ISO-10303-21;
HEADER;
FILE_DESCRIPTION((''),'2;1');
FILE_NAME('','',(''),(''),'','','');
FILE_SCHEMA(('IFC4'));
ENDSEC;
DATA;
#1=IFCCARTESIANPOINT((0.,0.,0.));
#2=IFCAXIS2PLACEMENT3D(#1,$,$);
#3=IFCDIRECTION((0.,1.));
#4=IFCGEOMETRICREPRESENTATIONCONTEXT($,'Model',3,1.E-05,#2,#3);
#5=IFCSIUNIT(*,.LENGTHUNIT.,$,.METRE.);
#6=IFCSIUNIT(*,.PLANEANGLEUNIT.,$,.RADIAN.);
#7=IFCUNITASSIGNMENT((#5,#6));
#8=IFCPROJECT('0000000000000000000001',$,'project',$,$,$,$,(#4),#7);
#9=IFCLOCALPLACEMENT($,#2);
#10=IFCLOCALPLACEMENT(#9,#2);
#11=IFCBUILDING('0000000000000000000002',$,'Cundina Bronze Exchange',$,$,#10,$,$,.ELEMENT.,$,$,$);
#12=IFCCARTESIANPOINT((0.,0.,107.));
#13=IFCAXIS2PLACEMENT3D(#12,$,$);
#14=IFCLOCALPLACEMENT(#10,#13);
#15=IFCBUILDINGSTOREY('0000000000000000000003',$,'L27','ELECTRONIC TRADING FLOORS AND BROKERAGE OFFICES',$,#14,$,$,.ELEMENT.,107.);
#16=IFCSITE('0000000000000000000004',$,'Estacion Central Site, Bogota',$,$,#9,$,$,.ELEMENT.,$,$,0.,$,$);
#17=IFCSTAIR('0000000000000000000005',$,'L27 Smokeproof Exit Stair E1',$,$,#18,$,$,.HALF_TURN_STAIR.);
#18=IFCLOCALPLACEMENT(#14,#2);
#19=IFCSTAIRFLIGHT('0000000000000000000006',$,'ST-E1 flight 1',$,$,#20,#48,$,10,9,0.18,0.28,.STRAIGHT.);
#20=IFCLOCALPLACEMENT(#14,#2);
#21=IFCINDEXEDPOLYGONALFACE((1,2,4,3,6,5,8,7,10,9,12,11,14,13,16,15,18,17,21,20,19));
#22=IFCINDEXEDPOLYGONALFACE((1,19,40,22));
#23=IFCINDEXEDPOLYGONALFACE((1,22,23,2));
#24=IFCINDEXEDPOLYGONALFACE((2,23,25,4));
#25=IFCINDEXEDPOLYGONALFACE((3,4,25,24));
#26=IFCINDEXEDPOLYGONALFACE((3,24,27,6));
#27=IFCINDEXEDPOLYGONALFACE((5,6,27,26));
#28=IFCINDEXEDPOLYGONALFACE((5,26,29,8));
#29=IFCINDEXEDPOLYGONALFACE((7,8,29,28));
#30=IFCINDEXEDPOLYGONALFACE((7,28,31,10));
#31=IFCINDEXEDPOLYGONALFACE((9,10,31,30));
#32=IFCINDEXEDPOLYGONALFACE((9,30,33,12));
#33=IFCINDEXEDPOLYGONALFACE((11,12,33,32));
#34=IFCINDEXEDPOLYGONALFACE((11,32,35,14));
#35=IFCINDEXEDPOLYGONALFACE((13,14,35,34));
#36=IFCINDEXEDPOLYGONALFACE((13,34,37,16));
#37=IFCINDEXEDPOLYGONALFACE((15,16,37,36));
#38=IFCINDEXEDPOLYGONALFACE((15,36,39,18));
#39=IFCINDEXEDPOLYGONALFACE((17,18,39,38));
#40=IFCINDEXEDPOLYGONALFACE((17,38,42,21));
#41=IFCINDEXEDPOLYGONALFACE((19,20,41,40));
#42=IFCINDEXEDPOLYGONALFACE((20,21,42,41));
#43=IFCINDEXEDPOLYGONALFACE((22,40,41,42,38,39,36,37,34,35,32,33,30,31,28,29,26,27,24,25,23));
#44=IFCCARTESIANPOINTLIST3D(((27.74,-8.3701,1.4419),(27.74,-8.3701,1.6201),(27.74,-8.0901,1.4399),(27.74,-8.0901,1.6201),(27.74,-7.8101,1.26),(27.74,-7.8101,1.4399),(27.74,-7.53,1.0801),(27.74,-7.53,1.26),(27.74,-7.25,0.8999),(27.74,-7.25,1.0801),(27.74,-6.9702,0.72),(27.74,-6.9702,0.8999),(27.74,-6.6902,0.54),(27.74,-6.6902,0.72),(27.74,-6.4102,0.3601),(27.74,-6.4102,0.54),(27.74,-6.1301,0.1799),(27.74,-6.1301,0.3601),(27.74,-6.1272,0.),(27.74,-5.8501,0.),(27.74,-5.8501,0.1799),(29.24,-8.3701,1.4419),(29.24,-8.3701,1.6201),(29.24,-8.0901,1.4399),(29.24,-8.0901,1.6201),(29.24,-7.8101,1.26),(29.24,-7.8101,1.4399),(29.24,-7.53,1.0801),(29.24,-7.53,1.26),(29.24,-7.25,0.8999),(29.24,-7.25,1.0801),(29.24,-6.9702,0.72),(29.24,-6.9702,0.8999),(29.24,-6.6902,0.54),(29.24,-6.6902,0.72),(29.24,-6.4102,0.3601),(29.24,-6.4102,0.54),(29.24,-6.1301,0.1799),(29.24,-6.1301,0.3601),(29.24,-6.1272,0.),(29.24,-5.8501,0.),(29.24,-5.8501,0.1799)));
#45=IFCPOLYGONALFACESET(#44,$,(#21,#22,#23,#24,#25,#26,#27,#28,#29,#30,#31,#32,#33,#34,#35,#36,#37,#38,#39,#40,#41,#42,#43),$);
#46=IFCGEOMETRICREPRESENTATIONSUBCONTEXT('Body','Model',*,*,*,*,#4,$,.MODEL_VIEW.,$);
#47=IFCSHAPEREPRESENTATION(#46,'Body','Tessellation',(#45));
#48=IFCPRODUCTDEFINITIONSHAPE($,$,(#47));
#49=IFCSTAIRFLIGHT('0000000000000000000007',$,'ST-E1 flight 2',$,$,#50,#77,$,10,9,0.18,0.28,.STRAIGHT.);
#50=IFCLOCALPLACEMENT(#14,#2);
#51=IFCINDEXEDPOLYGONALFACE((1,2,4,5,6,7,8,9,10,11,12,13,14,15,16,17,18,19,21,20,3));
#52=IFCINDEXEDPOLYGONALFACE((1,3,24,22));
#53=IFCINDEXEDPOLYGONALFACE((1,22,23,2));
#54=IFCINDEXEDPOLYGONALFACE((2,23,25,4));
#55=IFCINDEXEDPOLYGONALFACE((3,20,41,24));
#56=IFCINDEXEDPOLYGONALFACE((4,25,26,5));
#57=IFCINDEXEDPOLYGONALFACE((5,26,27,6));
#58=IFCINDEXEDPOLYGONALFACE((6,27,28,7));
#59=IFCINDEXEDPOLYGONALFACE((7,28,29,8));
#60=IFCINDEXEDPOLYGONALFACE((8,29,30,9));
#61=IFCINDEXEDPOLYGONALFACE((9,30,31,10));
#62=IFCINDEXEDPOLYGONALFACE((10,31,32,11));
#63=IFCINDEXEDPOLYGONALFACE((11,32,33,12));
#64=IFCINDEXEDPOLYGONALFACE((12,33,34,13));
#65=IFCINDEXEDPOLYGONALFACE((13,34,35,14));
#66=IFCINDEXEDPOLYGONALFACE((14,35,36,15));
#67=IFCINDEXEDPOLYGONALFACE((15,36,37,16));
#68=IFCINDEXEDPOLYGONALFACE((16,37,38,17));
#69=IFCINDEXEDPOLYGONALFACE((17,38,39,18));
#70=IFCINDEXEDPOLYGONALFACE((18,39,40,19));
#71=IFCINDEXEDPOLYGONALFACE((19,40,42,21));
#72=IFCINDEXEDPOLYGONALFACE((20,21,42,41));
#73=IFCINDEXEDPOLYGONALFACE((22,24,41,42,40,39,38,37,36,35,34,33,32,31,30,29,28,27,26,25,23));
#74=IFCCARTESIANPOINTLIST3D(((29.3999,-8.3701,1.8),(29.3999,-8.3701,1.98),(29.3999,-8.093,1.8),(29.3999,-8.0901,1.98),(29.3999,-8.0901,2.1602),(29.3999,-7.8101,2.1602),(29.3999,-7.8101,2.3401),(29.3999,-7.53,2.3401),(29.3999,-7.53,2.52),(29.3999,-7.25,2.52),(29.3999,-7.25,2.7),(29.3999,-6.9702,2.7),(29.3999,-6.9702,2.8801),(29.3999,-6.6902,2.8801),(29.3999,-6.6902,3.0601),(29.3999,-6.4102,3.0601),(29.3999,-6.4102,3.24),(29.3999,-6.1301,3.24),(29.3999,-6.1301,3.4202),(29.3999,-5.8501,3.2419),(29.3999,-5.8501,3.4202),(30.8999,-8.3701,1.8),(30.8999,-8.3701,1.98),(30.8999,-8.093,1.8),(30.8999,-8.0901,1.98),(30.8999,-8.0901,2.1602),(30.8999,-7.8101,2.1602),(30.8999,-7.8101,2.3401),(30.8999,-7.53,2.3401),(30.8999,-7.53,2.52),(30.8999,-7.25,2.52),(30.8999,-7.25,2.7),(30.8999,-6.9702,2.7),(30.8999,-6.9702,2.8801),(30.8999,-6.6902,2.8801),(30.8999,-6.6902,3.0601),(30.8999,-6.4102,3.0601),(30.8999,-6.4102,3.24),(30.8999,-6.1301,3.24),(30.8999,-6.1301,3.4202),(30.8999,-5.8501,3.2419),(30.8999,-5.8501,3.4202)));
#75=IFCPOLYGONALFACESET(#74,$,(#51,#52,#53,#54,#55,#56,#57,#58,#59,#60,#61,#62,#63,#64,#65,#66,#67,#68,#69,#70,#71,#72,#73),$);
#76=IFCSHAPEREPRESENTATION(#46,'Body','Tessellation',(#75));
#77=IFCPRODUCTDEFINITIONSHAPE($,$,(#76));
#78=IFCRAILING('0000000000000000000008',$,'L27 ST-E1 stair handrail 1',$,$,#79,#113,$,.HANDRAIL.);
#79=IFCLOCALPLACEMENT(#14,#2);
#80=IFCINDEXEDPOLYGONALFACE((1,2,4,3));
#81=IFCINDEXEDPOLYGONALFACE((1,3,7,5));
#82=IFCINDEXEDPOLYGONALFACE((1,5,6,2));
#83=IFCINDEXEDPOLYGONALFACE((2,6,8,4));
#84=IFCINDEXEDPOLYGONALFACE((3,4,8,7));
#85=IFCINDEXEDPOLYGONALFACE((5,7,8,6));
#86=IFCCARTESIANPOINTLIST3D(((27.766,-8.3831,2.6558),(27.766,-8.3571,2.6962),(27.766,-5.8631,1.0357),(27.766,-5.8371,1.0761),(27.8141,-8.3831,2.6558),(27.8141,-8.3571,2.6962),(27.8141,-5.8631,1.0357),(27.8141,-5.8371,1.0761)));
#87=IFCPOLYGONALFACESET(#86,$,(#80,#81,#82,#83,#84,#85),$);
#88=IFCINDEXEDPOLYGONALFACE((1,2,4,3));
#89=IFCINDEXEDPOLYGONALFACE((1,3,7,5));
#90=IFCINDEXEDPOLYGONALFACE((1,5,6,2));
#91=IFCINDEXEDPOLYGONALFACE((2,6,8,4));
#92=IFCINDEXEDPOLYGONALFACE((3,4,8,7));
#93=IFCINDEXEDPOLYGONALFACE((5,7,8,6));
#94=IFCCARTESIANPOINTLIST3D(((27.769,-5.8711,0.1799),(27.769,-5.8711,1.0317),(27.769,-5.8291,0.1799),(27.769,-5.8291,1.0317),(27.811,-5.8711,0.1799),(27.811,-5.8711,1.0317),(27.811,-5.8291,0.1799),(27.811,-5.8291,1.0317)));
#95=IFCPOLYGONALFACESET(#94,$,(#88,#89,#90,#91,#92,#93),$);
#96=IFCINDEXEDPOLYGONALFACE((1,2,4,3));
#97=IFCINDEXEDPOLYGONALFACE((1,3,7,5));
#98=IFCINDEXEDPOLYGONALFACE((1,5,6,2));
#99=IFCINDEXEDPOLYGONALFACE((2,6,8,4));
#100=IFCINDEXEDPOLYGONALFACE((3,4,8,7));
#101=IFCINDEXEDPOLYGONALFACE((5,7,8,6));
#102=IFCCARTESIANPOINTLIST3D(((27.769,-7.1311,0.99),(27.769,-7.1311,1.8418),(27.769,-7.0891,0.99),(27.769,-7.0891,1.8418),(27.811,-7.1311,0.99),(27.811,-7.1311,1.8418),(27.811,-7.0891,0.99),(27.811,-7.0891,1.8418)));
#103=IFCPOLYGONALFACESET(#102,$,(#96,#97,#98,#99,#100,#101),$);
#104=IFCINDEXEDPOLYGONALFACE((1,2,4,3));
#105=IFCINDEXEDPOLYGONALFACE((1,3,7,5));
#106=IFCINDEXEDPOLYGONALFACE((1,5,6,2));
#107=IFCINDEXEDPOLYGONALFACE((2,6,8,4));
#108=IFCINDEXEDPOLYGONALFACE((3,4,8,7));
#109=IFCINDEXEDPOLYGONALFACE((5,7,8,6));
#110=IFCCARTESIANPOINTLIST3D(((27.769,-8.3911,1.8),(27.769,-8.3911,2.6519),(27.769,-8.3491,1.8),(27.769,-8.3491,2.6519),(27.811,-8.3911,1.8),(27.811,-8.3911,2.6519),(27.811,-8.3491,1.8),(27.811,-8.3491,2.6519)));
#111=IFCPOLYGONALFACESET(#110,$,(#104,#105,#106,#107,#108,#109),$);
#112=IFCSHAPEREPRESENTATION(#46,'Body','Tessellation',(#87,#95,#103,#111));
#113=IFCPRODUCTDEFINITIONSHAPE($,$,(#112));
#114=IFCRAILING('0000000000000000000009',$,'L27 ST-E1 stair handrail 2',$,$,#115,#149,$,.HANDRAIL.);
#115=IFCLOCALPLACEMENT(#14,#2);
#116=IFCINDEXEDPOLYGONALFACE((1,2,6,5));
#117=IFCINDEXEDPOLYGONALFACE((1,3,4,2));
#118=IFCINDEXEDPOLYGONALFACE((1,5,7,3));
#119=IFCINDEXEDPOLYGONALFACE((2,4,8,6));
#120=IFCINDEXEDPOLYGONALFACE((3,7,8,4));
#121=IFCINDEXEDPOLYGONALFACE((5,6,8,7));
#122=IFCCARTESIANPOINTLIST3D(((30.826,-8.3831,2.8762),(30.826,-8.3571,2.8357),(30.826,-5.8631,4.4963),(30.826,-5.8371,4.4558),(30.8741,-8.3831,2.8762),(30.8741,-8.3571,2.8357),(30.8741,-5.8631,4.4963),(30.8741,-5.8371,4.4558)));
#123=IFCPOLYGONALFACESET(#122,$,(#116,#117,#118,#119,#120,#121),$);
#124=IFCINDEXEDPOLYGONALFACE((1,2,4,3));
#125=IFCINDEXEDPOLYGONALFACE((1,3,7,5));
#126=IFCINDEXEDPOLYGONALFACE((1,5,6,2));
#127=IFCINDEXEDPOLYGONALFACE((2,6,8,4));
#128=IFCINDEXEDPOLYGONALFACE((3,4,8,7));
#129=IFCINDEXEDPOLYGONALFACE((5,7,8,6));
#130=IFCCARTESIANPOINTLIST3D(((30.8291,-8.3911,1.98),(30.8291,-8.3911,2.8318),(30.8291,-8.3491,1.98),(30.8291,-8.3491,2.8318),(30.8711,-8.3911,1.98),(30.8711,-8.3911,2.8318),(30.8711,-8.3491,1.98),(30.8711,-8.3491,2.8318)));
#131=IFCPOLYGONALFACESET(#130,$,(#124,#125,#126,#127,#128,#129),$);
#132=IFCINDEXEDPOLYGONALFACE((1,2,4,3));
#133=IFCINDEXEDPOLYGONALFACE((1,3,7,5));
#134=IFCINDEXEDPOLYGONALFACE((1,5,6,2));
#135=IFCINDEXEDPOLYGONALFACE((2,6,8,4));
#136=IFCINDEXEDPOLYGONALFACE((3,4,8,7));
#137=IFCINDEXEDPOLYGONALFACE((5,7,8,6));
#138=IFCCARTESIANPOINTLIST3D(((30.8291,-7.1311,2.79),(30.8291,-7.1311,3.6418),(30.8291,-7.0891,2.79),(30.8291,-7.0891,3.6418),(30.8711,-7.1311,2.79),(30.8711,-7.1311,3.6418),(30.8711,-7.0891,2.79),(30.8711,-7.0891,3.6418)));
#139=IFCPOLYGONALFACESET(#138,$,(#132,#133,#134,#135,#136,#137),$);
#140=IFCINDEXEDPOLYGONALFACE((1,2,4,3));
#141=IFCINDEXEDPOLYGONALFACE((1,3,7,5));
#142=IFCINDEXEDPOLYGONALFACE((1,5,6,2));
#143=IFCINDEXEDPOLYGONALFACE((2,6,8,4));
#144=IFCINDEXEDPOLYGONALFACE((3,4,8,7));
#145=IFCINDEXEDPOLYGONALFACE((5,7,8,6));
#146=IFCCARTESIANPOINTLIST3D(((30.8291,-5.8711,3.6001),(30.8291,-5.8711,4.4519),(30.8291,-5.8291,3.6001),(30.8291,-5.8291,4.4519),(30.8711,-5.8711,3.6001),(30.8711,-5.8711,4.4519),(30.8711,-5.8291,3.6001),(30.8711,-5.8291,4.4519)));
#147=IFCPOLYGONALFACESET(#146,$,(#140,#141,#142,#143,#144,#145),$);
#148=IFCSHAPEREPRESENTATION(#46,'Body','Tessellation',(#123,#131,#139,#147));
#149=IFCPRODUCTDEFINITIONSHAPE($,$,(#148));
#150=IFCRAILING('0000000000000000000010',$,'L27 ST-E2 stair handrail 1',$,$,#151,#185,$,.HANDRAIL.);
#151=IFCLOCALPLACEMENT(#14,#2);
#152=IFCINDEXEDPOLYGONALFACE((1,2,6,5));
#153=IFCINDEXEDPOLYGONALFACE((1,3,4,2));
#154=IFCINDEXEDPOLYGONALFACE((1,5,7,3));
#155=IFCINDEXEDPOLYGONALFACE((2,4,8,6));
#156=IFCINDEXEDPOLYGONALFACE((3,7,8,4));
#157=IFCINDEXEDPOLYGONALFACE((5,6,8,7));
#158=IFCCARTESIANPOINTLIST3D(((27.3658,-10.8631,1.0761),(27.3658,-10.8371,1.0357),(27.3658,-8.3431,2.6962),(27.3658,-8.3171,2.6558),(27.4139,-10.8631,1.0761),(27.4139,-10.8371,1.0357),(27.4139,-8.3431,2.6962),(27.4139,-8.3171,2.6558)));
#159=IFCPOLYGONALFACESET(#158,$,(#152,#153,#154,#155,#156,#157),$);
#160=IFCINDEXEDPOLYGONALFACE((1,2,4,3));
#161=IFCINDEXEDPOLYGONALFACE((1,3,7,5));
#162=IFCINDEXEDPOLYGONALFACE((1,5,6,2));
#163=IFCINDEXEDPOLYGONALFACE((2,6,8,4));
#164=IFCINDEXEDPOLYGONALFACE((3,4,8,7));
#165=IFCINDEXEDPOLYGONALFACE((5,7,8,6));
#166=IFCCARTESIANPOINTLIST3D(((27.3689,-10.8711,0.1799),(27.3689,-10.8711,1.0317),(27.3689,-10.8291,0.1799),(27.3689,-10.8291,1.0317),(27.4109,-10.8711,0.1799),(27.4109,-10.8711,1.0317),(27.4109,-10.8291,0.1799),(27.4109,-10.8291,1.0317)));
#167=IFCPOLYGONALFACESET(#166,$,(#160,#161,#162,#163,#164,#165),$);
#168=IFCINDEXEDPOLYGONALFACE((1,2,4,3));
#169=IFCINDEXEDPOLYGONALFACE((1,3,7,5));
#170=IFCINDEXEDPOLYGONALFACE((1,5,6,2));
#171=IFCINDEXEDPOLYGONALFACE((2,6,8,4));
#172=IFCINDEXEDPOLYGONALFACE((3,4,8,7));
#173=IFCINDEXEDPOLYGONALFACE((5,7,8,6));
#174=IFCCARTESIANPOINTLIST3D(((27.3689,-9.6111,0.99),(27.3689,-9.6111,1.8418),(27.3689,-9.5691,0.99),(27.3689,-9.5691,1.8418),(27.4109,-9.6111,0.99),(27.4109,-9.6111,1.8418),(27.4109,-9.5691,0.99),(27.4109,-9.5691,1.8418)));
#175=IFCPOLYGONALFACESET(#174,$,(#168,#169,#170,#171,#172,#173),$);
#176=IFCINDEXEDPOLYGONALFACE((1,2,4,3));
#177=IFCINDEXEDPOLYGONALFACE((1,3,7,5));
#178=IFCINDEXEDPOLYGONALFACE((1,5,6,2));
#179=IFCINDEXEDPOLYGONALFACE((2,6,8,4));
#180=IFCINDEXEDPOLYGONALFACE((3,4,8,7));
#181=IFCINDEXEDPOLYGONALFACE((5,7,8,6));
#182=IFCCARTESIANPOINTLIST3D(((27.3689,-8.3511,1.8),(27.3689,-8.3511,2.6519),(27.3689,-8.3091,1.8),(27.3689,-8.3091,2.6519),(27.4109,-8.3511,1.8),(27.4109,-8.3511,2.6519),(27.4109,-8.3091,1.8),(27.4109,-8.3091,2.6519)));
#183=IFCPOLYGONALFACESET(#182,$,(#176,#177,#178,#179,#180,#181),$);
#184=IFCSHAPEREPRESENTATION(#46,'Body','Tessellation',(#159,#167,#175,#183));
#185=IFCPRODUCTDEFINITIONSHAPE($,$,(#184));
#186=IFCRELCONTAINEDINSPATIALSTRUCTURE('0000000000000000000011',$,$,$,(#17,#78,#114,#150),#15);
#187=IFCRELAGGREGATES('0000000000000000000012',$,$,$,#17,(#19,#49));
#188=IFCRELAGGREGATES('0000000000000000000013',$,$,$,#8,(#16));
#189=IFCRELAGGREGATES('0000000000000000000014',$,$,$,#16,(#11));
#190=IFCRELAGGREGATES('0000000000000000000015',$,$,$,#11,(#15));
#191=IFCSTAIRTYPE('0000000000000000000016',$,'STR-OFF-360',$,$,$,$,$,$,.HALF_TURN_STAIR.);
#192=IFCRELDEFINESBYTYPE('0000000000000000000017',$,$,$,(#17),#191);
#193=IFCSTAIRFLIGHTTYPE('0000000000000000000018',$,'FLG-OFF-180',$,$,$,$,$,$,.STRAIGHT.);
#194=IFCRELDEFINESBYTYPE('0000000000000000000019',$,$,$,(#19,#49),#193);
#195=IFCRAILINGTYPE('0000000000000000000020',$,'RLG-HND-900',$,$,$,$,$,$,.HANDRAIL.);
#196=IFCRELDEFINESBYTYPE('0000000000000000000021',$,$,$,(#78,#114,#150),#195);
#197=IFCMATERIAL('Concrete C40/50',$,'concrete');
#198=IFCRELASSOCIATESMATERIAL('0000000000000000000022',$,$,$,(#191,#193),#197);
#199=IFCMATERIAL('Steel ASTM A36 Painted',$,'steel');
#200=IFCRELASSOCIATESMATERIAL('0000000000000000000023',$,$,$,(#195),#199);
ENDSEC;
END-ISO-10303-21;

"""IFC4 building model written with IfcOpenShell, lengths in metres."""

from ifc_helpers import new_model, si_unit, direction, frame, origin, origin_2d, place, context, subcontext, project, spatial, polyline, rectangle, outline, extrude, material, type_object, element, aggregate, save


model = new_model("IFC4")

# Units and contexts
model_context = context("Model", 3, precision=1e-05, world=origin(), true_north=direction((0.0, 1.0)))
body_context = subcontext(model_context, "Body", "Model", "MODEL_VIEW")
ifc_project = project(units=[si_unit("LENGTHUNIT", "METRE"), si_unit("PLANEANGLEUNIT", "RADIAN")], contexts=[model_context])

# Site, building, storey
site_placement = place(None, origin())
site = spatial("IfcSite", under=ifc_project, at=site_placement, Name="Estacion Central Site, Bogota", CompositionType="ELEMENT", RefElevation=0.0)
building_placement = place(site_placement, origin())
building = spatial("IfcBuilding", under=site, at=building_placement, Name="Cundina Bronze Exchange", CompositionType="ELEMENT")
storey_placement = place(building_placement, frame((0.0, 0.0, 107.0)))
storey = spatial("IfcBuildingStorey", under=building, at=storey_placement, Name="L27", Description="ELECTRONIC TRADING FLOORS AND BROKERAGE OFFICES", CompositionType="ELEMENT", Elevation=107.0)

# Stair, stair flights
ifc_material_1 = material(Name="Concrete C40/50", Category="concrete")
stair_type = type_object("IfcStairType", Name="STR-OFF-360", PredefinedType="HALF_TURN_STAIR", material=ifc_material_1)
stair_placement = place(storey_placement, origin())
stair = element("IfcStair", 1, at=stair_placement, inside=storey, type_object=stair_type, Name="L27 Smokeproof Exit Stair E1", PredefinedType="HALF_TURN_STAIR")
stair_flight_type = type_object("IfcStairFlightType", Name="FLG-OFF-180", PredefinedType="STRAIGHT", material=ifc_material_1)
stair_flight_1_placement = place(storey_placement, frame((28.49, -5.8501, 0.0), z_axis=(0.0, 0.0, 1.0), x_axis=(0.0, -1.0, 0.0)))
stair_flight_1 = element("IfcStairFlight", 2, at=stair_flight_1_placement, type_object=stair_flight_type, Name="ST-E1 flight 1", NumberOfRisers=10, NumberOfTreads=9, PredefinedType="STRAIGHT", RiserHeight=0.18, TreadLength=0.28, context=body_context, shape_type="SweptSolid", body=[
    extrude(outline(polyline([(0.0, 0.0), (0.0, 0.1799), (0.28, 0.1799), (0.28, 0.3601), (0.5601, 0.3601), (0.5601, 0.54), (0.8401, 0.54), (0.8401, 0.72), (1.1201, 0.72), (1.1201, 0.8999), (1.3999, 0.8999), (1.3999, 1.0801), (1.6799, 1.0801), (1.6799, 1.26), (1.96, 1.26), (1.96, 1.4399), (2.24, 1.4399), (2.24, 1.6201), (2.52, 1.6201), (2.52, 1.8), (2.52, 1.4419), (0.2771, 0.0), (0.0, 0.0)])), frame((0.0, 0.75, 0.0), z_axis=(0.0, -1.0, 0.0), x_axis=(1.0, 0.0, 0.0)), (0.0, 0.0, 1.0), 1.5),
])
stair_flight_2_placement = place(storey_placement, frame((30.1499, -8.3701, 1.8), z_axis=(0.0, 0.0, 1.0), x_axis=(0.0, 1.0, 0.0)))
stair_flight_2 = element("IfcStairFlight", 3, at=stair_flight_2_placement, type_object=stair_flight_type, Name="ST-E1 flight 2", NumberOfRisers=10, NumberOfTreads=9, PredefinedType="STRAIGHT", RiserHeight=0.18, TreadLength=0.28, context=body_context, shape_type="SweptSolid", body=[
    extrude(outline(polyline([(0.0, 0.0), (0.0, 0.1799), (0.28, 0.1799), (0.28, 0.3601), (0.5601, 0.3601), (0.5601, 0.54), (0.8401, 0.54), (0.8401, 0.72), (1.1201, 0.72), (1.1201, 0.8999), (1.3999, 0.8999), (1.3999, 1.0801), (1.6799, 1.0801), (1.6799, 1.26), (1.96, 1.26), (1.96, 1.4399), (2.24, 1.4399), (2.24, 1.6201), (2.52, 1.6201), (2.52, 1.8), (2.52, 1.4419), (0.2771, 0.0), (0.0, 0.0)])), frame((0.0, 0.75, 0.0), z_axis=(0.0, -1.0, 0.0), x_axis=(1.0, 0.0, 0.0)), (0.0, 0.0, 1.0), 1.5),
])
aggregate(stair, [stair_flight_1, stair_flight_2])

# Railings
ifc_material_2 = material(Name="Steel ASTM A36 Painted", Category="steel")
railing_type_1 = type_object("IfcRailingType", Name="RLG-HND-900", PredefinedType="HANDRAIL", material=ifc_material_2)
railing_1_placement = place(storey_placement, frame((27.79, -5.8501, 0.1799)))
element("IfcRailing", 4, at=railing_1_placement, inside=storey, type_object=railing_type_1, Name="L27 ST-E1 stair handrail 1", PredefinedType="HANDRAIL", context=body_context, shape_type="SweptSolid", body=[
    extrude(rectangle(XDim=0.0481, YDim=0.0481, at=origin_2d()), frame((0.0, 0.0, 0.876), z_axis=(0.0, -0.841163, 0.540782), x_axis=(1.0, 0.0, 0.0)), (0.0, 0.0, 1.0), 2.9958),
    extrude(rectangle(XDim=0.042, YDim=0.042, at=origin_2d()), origin(), (0.0, 0.0, 1.0), 0.8518),
    extrude(rectangle(XDim=0.042, YDim=0.042, at=origin_2d()), frame((0.0, -1.26, 0.8101)), (0.0, 0.0, 1.0), 0.8518),
    extrude(rectangle(XDim=0.042, YDim=0.042, at=origin_2d()), frame((0.0, -2.52, 1.6201)), (0.0, 0.0, 1.0), 0.8518),
])
for number, where, name in (
    (5, (30.8501, -8.3701, 1.98), "L27 ST-E1 stair handrail 2"),
    (6, (27.3899, -10.8501, 0.1799), "L27 ST-E2 stair handrail 1"),
):
    element("IfcRailing", number, at=place(storey_placement, frame(where)), inside=storey, type_object=railing_type_1, Name=name, PredefinedType="HANDRAIL", context=body_context, shape_type="SweptSolid", body=[
        extrude(rectangle(XDim=0.0481, YDim=0.0481, at=origin_2d()), frame((0.0, 0.0, 0.876), z_axis=(0.0, 0.841163, 0.540782), x_axis=(-1.0, 0.0, 0.0)), (0.0, 0.0, 1.0), 2.9958),
        extrude(rectangle(XDim=0.042, YDim=0.042, at=origin_2d()), origin(), (0.0, 0.0, 1.0), 0.8518),
        extrude(rectangle(XDim=0.042, YDim=0.042, at=origin_2d()), frame((0.0, 1.26, 0.8101)), (0.0, 0.0, 1.0), 0.8518),
        extrude(rectangle(XDim=0.042, YDim=0.042, at=origin_2d()), frame((0.0, 2.52, 1.6201)), (0.0, 0.0, 1.0), 0.8518),
    ])

save(model, "model.ifc")
